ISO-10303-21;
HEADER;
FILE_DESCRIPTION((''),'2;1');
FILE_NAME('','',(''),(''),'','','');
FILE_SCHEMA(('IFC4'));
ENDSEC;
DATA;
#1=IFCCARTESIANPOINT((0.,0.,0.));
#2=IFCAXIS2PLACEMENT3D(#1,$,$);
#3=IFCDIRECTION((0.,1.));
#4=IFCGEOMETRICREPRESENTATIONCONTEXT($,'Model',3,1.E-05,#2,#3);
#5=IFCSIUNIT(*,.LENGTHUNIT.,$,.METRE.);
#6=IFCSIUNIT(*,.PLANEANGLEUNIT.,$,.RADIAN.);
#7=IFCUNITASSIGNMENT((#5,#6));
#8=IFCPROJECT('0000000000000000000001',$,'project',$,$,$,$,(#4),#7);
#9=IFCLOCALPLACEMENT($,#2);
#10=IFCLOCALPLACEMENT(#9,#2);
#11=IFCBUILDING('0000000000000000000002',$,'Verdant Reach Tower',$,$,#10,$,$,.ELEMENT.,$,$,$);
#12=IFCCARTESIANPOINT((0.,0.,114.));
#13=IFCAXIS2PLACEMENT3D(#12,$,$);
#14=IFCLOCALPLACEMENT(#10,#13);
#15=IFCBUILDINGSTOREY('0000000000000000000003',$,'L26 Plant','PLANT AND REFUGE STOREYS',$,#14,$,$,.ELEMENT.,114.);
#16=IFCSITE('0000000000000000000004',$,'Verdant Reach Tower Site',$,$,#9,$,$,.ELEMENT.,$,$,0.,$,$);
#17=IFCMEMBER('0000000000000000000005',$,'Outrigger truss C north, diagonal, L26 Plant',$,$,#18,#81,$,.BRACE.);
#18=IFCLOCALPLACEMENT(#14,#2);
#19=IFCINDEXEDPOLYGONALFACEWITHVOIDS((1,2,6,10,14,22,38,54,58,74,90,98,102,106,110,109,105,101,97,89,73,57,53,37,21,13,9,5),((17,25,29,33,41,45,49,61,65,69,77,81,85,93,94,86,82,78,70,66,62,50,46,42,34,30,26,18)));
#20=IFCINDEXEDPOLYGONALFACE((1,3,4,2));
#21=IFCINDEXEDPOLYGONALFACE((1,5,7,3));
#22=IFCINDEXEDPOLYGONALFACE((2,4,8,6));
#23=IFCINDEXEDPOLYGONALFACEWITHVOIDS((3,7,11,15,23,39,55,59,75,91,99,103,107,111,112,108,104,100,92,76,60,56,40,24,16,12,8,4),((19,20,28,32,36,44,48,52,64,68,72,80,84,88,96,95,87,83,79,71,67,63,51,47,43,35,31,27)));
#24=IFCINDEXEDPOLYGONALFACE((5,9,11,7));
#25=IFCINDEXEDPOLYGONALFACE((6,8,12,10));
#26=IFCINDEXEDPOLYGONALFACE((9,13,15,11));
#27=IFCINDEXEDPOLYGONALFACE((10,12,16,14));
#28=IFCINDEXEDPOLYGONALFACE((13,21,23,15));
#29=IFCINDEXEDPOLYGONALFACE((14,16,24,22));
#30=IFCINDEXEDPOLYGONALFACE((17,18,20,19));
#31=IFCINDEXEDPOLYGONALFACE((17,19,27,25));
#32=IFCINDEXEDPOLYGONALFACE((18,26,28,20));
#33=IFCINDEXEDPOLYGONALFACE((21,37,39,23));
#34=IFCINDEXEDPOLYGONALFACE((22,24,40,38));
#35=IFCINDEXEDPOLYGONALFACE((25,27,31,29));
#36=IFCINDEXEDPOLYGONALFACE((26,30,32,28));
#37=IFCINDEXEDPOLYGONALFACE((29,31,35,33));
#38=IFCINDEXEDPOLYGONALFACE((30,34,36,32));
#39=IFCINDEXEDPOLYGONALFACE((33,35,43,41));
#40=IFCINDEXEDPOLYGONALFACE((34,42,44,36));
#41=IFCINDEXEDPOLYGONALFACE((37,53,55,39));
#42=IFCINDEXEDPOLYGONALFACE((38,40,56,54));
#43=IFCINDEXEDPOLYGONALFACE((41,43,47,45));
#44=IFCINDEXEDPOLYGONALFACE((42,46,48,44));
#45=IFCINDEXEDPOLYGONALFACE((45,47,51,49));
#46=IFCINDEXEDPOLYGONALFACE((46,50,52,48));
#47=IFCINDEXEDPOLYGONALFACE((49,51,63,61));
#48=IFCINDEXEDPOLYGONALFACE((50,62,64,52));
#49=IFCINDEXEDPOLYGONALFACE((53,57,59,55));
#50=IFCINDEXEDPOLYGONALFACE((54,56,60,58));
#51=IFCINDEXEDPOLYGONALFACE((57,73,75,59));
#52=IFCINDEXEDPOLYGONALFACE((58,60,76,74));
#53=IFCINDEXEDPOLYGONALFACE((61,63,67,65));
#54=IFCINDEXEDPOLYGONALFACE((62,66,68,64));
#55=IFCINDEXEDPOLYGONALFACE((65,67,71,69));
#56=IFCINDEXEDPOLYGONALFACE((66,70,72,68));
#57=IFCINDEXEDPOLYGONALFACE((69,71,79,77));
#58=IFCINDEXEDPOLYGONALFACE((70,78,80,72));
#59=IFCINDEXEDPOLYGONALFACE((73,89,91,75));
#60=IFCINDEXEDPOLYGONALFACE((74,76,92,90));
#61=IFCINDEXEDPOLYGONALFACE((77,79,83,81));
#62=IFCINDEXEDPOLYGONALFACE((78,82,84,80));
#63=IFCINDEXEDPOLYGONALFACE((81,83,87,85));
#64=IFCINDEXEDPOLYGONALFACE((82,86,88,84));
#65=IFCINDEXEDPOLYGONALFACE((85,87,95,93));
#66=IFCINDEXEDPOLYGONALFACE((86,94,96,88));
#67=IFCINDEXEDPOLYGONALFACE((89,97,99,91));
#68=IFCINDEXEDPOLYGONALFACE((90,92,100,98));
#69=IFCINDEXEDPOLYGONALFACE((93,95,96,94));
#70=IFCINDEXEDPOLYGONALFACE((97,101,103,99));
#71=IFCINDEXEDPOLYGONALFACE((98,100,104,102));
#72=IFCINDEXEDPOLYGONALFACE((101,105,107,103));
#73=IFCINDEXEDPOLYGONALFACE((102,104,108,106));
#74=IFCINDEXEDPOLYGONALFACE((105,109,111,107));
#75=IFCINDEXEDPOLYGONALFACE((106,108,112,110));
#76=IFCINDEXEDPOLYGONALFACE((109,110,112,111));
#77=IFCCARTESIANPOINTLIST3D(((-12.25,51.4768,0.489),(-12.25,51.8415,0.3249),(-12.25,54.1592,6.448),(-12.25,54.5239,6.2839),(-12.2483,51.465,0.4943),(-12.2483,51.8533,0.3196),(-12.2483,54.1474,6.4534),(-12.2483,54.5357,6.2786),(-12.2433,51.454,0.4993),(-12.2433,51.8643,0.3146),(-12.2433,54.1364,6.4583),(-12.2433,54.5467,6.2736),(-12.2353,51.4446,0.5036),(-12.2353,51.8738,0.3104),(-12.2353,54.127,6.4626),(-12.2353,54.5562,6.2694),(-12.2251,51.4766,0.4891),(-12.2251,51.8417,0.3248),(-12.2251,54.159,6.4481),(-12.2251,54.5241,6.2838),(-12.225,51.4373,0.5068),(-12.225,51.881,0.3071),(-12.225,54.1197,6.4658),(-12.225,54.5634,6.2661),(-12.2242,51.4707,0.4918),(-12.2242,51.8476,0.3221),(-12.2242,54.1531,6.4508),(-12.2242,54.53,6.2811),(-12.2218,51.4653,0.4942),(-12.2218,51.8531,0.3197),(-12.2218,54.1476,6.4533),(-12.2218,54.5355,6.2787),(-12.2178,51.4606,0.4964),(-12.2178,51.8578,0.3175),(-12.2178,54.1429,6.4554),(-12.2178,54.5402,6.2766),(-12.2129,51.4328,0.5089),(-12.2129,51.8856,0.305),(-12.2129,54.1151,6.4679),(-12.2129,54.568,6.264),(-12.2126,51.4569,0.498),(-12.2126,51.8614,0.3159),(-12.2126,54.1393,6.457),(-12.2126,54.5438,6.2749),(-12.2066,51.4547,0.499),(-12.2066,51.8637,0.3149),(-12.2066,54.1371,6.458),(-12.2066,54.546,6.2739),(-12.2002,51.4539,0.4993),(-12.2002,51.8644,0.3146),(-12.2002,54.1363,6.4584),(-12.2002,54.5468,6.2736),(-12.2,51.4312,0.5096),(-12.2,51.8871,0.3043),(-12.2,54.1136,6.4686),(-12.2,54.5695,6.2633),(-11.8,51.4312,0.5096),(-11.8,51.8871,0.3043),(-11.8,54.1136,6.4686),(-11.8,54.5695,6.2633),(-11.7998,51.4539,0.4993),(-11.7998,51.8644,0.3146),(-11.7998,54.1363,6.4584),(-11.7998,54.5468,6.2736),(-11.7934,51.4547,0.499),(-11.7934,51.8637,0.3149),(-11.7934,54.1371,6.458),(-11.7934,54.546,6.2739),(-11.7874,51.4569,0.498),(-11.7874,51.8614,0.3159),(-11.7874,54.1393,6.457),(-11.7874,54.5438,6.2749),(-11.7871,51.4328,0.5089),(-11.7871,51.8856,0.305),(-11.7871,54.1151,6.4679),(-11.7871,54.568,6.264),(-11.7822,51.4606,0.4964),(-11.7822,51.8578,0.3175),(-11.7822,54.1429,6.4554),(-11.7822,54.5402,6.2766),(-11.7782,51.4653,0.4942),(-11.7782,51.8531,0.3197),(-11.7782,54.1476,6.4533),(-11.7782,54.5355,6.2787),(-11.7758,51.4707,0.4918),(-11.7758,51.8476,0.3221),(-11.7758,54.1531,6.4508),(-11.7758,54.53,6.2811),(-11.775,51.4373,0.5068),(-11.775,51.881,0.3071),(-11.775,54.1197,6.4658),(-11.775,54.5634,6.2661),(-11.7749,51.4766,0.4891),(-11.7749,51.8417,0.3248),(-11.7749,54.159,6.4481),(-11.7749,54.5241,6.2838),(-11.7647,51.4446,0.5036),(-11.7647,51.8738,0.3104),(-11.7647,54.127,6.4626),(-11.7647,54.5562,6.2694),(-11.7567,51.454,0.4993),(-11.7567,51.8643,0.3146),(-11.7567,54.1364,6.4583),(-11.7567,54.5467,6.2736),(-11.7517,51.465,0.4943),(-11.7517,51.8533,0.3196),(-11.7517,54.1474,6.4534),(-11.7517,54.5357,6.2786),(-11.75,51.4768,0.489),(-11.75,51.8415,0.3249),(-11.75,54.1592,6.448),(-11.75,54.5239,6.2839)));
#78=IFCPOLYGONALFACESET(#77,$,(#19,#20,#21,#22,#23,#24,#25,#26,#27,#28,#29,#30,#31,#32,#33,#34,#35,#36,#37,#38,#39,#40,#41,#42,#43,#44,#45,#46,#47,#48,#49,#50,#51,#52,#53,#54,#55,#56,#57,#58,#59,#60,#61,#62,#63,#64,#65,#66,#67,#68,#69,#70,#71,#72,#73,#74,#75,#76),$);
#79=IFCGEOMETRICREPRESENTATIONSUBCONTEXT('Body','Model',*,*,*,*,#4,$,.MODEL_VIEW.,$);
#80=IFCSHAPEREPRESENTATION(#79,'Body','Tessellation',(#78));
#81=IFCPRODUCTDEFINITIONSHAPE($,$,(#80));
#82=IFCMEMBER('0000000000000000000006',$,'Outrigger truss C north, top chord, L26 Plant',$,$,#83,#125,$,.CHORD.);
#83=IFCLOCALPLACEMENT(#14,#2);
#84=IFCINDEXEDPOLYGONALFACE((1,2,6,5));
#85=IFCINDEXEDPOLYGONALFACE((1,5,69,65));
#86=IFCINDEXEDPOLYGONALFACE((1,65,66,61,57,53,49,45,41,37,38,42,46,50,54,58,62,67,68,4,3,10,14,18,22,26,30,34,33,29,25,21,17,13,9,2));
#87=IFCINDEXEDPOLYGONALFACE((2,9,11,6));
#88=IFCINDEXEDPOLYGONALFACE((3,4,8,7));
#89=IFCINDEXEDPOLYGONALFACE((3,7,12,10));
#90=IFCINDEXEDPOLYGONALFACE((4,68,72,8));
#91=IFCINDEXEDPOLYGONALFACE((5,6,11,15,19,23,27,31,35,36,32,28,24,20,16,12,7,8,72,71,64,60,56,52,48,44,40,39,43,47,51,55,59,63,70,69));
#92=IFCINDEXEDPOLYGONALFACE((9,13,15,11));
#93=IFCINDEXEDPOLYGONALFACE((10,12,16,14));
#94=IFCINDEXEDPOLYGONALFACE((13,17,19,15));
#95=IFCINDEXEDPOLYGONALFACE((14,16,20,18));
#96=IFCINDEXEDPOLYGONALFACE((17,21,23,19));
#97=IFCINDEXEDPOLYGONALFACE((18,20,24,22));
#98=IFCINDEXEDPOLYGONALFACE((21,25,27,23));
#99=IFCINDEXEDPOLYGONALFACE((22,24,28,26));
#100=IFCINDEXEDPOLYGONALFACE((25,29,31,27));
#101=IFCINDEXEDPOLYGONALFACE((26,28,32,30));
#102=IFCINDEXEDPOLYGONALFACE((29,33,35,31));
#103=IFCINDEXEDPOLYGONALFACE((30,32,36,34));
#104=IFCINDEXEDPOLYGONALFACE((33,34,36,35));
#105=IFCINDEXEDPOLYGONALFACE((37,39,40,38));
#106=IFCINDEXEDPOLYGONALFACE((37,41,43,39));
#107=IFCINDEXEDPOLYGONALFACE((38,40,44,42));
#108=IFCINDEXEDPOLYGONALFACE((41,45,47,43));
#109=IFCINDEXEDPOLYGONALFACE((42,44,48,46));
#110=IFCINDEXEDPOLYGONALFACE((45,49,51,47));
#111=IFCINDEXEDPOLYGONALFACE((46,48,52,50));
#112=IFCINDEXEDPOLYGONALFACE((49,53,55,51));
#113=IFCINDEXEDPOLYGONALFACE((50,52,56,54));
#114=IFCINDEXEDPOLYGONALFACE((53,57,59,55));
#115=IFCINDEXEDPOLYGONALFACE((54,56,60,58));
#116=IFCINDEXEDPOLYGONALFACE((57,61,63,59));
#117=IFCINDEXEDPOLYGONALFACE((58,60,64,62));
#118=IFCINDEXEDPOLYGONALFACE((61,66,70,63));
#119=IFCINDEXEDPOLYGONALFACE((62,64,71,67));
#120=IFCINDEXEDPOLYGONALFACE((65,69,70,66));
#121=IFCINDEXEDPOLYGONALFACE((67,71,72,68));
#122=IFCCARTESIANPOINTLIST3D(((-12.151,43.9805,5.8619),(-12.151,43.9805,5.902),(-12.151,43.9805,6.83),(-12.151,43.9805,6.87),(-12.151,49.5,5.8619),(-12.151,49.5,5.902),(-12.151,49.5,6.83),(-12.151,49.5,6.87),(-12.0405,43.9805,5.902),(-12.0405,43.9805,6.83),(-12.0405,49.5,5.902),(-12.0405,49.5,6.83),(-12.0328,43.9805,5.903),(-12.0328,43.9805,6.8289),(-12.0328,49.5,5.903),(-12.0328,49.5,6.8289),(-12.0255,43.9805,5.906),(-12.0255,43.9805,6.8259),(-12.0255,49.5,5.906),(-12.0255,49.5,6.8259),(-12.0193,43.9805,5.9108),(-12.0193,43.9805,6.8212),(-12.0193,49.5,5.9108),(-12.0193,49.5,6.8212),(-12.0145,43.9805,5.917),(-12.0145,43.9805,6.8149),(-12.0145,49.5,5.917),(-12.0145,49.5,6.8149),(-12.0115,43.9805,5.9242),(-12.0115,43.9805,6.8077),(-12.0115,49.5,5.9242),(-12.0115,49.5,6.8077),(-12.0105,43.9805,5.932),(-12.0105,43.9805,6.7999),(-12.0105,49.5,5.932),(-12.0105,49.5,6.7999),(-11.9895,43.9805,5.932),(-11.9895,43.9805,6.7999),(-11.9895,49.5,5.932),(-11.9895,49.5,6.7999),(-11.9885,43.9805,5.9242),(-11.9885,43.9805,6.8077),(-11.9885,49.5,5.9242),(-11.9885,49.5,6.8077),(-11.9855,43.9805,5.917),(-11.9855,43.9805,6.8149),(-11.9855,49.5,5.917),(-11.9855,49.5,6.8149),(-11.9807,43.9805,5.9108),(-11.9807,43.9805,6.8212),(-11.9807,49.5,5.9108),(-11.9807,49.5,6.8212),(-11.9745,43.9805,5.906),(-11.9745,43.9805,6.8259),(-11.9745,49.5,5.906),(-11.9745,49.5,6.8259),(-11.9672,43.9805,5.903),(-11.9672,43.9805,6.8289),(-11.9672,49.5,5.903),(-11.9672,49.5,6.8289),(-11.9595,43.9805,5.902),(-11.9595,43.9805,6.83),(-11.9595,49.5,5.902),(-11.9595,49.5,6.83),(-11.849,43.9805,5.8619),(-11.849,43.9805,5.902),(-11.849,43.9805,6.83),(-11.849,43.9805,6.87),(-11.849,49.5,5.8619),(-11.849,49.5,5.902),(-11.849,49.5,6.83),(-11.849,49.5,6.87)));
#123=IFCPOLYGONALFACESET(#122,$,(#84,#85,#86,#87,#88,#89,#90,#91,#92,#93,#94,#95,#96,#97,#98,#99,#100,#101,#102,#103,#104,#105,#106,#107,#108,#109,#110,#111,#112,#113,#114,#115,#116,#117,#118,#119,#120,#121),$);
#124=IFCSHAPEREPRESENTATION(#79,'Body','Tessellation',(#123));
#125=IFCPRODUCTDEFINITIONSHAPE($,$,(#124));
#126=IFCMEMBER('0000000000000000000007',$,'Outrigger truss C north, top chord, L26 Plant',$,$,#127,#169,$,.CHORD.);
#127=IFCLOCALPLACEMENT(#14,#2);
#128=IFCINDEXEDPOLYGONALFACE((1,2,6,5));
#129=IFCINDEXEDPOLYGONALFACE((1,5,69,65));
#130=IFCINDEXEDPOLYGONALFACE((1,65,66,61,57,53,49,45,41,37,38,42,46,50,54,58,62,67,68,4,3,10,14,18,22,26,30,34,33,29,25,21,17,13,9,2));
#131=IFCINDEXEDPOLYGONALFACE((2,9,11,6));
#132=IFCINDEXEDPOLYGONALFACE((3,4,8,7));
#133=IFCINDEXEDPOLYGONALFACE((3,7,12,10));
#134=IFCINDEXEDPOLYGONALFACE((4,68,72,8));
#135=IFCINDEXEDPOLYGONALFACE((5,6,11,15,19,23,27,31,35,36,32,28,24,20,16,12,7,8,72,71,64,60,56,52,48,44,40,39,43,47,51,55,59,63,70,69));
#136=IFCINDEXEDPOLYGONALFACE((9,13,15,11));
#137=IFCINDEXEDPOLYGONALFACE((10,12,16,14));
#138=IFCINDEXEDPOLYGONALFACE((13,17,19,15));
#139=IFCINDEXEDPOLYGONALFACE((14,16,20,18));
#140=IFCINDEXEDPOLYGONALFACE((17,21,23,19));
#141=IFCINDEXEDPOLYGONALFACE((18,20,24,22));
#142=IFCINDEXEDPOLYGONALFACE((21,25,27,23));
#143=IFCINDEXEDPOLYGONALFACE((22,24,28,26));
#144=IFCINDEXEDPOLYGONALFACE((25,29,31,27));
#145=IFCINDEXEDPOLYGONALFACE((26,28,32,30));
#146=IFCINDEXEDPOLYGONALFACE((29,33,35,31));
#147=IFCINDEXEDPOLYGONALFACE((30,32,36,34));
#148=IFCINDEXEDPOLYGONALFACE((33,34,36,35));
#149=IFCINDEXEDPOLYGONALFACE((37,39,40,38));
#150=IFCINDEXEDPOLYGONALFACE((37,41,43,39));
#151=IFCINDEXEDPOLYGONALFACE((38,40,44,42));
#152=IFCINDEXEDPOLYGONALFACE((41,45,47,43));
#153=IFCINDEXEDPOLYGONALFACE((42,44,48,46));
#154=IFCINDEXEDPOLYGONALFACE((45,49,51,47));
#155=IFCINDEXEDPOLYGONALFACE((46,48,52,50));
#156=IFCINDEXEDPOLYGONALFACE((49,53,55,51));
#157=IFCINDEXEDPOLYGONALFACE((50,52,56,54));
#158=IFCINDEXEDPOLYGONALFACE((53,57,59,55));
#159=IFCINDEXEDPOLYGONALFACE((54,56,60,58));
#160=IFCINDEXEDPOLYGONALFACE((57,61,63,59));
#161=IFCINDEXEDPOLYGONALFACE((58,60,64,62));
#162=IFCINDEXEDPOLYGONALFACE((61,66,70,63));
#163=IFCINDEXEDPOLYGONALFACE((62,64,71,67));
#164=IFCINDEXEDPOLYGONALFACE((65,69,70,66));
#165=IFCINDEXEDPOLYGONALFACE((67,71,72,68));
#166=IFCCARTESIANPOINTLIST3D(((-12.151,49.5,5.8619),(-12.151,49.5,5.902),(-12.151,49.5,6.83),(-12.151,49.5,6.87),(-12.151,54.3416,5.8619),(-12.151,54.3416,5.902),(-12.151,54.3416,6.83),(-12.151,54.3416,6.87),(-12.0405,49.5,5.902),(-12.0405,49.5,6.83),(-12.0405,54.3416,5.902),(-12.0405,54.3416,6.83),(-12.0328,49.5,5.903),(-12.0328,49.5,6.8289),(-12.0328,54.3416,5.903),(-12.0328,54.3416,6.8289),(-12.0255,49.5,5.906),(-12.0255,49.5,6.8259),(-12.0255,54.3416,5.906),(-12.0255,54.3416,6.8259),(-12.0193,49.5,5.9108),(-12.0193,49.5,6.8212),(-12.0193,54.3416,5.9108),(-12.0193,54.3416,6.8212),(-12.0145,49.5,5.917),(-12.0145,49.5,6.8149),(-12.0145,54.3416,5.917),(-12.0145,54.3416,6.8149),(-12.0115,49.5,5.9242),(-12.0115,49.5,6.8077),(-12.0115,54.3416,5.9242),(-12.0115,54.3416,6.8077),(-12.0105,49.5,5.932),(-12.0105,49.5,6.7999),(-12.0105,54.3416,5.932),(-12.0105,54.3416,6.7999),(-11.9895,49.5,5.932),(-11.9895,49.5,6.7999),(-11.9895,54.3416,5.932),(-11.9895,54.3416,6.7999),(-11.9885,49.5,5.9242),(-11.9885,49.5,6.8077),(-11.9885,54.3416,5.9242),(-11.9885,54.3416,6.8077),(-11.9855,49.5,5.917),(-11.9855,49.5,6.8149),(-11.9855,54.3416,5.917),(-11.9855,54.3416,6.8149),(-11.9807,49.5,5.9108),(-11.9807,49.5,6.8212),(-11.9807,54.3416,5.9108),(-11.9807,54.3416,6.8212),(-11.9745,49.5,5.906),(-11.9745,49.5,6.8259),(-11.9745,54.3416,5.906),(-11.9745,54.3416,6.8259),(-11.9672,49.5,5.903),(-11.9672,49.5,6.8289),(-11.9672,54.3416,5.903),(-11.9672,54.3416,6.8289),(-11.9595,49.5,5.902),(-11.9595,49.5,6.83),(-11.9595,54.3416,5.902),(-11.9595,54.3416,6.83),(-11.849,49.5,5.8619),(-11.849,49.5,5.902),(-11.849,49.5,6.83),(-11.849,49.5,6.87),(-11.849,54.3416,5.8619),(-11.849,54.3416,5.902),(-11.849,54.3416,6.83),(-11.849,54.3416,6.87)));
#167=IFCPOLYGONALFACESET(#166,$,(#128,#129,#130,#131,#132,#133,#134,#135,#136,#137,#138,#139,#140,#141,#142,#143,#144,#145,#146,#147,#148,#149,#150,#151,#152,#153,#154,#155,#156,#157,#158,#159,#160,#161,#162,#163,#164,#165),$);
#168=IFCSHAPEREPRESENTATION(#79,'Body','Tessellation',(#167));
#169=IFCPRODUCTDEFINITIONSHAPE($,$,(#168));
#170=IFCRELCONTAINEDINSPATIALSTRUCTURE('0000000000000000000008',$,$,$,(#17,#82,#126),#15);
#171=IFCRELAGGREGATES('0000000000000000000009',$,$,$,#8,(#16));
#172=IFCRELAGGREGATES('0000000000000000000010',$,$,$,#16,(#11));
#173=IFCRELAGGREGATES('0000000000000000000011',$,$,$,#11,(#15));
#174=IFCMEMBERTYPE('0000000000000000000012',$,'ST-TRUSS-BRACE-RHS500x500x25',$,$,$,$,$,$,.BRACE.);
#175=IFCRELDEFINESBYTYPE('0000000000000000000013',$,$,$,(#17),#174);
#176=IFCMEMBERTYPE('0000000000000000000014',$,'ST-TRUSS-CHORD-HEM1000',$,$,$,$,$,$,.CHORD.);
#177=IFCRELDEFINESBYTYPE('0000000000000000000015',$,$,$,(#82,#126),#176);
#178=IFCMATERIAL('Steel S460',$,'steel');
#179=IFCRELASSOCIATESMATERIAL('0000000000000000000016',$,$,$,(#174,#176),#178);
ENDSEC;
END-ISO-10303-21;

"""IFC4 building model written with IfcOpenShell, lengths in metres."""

from ifc_helpers import new_model, si_unit, direction, frame, origin, origin_2d, place, context, subcontext, project, spatial, hollow_rectangle, i_section, extrude, material, material_profile, profile_set, type_object, element, save


model = new_model("IFC4")

# Units and contexts
model_context = context("Model", 3, precision=1e-05, world=origin(), true_north=direction((0.0, 1.0)))
body_context = subcontext(model_context, "Body", "Model", "MODEL_VIEW")
ifc_project = project(units=[si_unit("LENGTHUNIT", "METRE"), si_unit("PLANEANGLEUNIT", "RADIAN")], contexts=[model_context])

# Site, building, storey
site_placement = place(None, origin())
site = spatial("IfcSite", under=ifc_project, at=site_placement, Name="Verdant Reach Tower Site", CompositionType="ELEMENT", RefElevation=0.0)
building_placement = place(site_placement, origin())
building = spatial("IfcBuilding", under=site, at=building_placement, Name="Verdant Reach Tower", CompositionType="ELEMENT")
storey_placement = place(building_placement, frame((0.0, 0.0, 114.0)))
storey = spatial("IfcBuildingStorey", under=building, at=storey_placement, Name="L26 Plant", Description="PLANT AND REFUGE STOREYS", CompositionType="ELEMENT", Elevation=114.0)

# Shared definitions
ifc_material_1 = material(Name="Steel S460", Category="steel")

# Members
ifc_material_profile_1 = material_profile(ifc_material_1, hollow_rectangle(XDim=0.5, YDim=0.5, WallThickness=0.0249, InnerFilletRadius=0.0249, OuterFilletRadius=0.05, at=origin_2d()), Name="RHS 500x500x25")
ifc_profile_set_1 = profile_set([ifc_material_profile_1], Name="Steel S460")
member_type_1 = type_object("IfcMemberType", Name="ST-TRUSS-BRACE-RHS500x500x25", PredefinedType="BRACE", material=ifc_profile_set_1)
member_1_placement = place(storey_placement, frame((-12.0, 54.3416, 6.366), z_axis=(0.0, -0.41047, -0.911874), x_axis=(1.0, 0.0, 0.0)))
element("IfcMember", 1, at=member_1_placement, inside=storey, type_object=member_type_1, Name="Outrigger truss C north, diagonal, L26 Plant", PredefinedType="BRACE", context=body_context, shape_type="SweptSolid", body=[
    extrude(hollow_rectangle(XDim=0.5, YDim=0.5, WallThickness=0.0249, InnerFilletRadius=0.0249, OuterFilletRadius=0.05, at=origin_2d()), origin(), (0.0, 0.0, 1.0), 6.5349),
])
ifc_material_profile_2 = material_profile(ifc_material_1, i_section(OverallWidth=0.302, OverallDepth=1.0081, WebThickness=0.021, FlangeThickness=0.04, FilletRadius=0.03, at=origin_2d()), Name="HEM 1000")
ifc_profile_set_2 = profile_set([ifc_material_profile_2], Name="Steel S460")
member_type_2 = type_object("IfcMemberType", Name="ST-TRUSS-CHORD-HEM1000", PredefinedType="CHORD", material=ifc_profile_set_2)
member_2_placement = place(storey_placement, frame((-12.0, 43.9805, 6.366), z_axis=(0.0, 1.0, 0.0), x_axis=(-1.0, 0.0, 0.0)))
element("IfcMember", 2, at=member_2_placement, inside=storey, type_object=member_type_2, Name="Outrigger truss C north, top chord, L26 Plant", PredefinedType="CHORD", context=body_context, shape_type="SweptSolid", body=[
    extrude(i_section(OverallWidth=0.302, OverallDepth=1.0081, WebThickness=0.021, FlangeThickness=0.04, FilletRadius=0.03, at=origin_2d()), origin(), (0.0, 0.0, 1.0), 5.5195),
])
member_3_placement = place(storey_placement, frame((-12.0, 49.5, 6.366), z_axis=(0.0, 1.0, 0.0), x_axis=(-1.0, 0.0, 0.0)))
element("IfcMember", 3, at=member_3_placement, inside=storey, type_object=member_type_2, Name="Outrigger truss C north, top chord, L26 Plant", PredefinedType="CHORD", context=body_context, shape_type="SweptSolid", body=[
    extrude(i_section(OverallWidth=0.302, OverallDepth=1.0081, WebThickness=0.021, FlangeThickness=0.04, FilletRadius=0.03, at=origin_2d()), origin(), (0.0, 0.0, 1.0), 4.8416),
])

save(model, "model.ifc")
